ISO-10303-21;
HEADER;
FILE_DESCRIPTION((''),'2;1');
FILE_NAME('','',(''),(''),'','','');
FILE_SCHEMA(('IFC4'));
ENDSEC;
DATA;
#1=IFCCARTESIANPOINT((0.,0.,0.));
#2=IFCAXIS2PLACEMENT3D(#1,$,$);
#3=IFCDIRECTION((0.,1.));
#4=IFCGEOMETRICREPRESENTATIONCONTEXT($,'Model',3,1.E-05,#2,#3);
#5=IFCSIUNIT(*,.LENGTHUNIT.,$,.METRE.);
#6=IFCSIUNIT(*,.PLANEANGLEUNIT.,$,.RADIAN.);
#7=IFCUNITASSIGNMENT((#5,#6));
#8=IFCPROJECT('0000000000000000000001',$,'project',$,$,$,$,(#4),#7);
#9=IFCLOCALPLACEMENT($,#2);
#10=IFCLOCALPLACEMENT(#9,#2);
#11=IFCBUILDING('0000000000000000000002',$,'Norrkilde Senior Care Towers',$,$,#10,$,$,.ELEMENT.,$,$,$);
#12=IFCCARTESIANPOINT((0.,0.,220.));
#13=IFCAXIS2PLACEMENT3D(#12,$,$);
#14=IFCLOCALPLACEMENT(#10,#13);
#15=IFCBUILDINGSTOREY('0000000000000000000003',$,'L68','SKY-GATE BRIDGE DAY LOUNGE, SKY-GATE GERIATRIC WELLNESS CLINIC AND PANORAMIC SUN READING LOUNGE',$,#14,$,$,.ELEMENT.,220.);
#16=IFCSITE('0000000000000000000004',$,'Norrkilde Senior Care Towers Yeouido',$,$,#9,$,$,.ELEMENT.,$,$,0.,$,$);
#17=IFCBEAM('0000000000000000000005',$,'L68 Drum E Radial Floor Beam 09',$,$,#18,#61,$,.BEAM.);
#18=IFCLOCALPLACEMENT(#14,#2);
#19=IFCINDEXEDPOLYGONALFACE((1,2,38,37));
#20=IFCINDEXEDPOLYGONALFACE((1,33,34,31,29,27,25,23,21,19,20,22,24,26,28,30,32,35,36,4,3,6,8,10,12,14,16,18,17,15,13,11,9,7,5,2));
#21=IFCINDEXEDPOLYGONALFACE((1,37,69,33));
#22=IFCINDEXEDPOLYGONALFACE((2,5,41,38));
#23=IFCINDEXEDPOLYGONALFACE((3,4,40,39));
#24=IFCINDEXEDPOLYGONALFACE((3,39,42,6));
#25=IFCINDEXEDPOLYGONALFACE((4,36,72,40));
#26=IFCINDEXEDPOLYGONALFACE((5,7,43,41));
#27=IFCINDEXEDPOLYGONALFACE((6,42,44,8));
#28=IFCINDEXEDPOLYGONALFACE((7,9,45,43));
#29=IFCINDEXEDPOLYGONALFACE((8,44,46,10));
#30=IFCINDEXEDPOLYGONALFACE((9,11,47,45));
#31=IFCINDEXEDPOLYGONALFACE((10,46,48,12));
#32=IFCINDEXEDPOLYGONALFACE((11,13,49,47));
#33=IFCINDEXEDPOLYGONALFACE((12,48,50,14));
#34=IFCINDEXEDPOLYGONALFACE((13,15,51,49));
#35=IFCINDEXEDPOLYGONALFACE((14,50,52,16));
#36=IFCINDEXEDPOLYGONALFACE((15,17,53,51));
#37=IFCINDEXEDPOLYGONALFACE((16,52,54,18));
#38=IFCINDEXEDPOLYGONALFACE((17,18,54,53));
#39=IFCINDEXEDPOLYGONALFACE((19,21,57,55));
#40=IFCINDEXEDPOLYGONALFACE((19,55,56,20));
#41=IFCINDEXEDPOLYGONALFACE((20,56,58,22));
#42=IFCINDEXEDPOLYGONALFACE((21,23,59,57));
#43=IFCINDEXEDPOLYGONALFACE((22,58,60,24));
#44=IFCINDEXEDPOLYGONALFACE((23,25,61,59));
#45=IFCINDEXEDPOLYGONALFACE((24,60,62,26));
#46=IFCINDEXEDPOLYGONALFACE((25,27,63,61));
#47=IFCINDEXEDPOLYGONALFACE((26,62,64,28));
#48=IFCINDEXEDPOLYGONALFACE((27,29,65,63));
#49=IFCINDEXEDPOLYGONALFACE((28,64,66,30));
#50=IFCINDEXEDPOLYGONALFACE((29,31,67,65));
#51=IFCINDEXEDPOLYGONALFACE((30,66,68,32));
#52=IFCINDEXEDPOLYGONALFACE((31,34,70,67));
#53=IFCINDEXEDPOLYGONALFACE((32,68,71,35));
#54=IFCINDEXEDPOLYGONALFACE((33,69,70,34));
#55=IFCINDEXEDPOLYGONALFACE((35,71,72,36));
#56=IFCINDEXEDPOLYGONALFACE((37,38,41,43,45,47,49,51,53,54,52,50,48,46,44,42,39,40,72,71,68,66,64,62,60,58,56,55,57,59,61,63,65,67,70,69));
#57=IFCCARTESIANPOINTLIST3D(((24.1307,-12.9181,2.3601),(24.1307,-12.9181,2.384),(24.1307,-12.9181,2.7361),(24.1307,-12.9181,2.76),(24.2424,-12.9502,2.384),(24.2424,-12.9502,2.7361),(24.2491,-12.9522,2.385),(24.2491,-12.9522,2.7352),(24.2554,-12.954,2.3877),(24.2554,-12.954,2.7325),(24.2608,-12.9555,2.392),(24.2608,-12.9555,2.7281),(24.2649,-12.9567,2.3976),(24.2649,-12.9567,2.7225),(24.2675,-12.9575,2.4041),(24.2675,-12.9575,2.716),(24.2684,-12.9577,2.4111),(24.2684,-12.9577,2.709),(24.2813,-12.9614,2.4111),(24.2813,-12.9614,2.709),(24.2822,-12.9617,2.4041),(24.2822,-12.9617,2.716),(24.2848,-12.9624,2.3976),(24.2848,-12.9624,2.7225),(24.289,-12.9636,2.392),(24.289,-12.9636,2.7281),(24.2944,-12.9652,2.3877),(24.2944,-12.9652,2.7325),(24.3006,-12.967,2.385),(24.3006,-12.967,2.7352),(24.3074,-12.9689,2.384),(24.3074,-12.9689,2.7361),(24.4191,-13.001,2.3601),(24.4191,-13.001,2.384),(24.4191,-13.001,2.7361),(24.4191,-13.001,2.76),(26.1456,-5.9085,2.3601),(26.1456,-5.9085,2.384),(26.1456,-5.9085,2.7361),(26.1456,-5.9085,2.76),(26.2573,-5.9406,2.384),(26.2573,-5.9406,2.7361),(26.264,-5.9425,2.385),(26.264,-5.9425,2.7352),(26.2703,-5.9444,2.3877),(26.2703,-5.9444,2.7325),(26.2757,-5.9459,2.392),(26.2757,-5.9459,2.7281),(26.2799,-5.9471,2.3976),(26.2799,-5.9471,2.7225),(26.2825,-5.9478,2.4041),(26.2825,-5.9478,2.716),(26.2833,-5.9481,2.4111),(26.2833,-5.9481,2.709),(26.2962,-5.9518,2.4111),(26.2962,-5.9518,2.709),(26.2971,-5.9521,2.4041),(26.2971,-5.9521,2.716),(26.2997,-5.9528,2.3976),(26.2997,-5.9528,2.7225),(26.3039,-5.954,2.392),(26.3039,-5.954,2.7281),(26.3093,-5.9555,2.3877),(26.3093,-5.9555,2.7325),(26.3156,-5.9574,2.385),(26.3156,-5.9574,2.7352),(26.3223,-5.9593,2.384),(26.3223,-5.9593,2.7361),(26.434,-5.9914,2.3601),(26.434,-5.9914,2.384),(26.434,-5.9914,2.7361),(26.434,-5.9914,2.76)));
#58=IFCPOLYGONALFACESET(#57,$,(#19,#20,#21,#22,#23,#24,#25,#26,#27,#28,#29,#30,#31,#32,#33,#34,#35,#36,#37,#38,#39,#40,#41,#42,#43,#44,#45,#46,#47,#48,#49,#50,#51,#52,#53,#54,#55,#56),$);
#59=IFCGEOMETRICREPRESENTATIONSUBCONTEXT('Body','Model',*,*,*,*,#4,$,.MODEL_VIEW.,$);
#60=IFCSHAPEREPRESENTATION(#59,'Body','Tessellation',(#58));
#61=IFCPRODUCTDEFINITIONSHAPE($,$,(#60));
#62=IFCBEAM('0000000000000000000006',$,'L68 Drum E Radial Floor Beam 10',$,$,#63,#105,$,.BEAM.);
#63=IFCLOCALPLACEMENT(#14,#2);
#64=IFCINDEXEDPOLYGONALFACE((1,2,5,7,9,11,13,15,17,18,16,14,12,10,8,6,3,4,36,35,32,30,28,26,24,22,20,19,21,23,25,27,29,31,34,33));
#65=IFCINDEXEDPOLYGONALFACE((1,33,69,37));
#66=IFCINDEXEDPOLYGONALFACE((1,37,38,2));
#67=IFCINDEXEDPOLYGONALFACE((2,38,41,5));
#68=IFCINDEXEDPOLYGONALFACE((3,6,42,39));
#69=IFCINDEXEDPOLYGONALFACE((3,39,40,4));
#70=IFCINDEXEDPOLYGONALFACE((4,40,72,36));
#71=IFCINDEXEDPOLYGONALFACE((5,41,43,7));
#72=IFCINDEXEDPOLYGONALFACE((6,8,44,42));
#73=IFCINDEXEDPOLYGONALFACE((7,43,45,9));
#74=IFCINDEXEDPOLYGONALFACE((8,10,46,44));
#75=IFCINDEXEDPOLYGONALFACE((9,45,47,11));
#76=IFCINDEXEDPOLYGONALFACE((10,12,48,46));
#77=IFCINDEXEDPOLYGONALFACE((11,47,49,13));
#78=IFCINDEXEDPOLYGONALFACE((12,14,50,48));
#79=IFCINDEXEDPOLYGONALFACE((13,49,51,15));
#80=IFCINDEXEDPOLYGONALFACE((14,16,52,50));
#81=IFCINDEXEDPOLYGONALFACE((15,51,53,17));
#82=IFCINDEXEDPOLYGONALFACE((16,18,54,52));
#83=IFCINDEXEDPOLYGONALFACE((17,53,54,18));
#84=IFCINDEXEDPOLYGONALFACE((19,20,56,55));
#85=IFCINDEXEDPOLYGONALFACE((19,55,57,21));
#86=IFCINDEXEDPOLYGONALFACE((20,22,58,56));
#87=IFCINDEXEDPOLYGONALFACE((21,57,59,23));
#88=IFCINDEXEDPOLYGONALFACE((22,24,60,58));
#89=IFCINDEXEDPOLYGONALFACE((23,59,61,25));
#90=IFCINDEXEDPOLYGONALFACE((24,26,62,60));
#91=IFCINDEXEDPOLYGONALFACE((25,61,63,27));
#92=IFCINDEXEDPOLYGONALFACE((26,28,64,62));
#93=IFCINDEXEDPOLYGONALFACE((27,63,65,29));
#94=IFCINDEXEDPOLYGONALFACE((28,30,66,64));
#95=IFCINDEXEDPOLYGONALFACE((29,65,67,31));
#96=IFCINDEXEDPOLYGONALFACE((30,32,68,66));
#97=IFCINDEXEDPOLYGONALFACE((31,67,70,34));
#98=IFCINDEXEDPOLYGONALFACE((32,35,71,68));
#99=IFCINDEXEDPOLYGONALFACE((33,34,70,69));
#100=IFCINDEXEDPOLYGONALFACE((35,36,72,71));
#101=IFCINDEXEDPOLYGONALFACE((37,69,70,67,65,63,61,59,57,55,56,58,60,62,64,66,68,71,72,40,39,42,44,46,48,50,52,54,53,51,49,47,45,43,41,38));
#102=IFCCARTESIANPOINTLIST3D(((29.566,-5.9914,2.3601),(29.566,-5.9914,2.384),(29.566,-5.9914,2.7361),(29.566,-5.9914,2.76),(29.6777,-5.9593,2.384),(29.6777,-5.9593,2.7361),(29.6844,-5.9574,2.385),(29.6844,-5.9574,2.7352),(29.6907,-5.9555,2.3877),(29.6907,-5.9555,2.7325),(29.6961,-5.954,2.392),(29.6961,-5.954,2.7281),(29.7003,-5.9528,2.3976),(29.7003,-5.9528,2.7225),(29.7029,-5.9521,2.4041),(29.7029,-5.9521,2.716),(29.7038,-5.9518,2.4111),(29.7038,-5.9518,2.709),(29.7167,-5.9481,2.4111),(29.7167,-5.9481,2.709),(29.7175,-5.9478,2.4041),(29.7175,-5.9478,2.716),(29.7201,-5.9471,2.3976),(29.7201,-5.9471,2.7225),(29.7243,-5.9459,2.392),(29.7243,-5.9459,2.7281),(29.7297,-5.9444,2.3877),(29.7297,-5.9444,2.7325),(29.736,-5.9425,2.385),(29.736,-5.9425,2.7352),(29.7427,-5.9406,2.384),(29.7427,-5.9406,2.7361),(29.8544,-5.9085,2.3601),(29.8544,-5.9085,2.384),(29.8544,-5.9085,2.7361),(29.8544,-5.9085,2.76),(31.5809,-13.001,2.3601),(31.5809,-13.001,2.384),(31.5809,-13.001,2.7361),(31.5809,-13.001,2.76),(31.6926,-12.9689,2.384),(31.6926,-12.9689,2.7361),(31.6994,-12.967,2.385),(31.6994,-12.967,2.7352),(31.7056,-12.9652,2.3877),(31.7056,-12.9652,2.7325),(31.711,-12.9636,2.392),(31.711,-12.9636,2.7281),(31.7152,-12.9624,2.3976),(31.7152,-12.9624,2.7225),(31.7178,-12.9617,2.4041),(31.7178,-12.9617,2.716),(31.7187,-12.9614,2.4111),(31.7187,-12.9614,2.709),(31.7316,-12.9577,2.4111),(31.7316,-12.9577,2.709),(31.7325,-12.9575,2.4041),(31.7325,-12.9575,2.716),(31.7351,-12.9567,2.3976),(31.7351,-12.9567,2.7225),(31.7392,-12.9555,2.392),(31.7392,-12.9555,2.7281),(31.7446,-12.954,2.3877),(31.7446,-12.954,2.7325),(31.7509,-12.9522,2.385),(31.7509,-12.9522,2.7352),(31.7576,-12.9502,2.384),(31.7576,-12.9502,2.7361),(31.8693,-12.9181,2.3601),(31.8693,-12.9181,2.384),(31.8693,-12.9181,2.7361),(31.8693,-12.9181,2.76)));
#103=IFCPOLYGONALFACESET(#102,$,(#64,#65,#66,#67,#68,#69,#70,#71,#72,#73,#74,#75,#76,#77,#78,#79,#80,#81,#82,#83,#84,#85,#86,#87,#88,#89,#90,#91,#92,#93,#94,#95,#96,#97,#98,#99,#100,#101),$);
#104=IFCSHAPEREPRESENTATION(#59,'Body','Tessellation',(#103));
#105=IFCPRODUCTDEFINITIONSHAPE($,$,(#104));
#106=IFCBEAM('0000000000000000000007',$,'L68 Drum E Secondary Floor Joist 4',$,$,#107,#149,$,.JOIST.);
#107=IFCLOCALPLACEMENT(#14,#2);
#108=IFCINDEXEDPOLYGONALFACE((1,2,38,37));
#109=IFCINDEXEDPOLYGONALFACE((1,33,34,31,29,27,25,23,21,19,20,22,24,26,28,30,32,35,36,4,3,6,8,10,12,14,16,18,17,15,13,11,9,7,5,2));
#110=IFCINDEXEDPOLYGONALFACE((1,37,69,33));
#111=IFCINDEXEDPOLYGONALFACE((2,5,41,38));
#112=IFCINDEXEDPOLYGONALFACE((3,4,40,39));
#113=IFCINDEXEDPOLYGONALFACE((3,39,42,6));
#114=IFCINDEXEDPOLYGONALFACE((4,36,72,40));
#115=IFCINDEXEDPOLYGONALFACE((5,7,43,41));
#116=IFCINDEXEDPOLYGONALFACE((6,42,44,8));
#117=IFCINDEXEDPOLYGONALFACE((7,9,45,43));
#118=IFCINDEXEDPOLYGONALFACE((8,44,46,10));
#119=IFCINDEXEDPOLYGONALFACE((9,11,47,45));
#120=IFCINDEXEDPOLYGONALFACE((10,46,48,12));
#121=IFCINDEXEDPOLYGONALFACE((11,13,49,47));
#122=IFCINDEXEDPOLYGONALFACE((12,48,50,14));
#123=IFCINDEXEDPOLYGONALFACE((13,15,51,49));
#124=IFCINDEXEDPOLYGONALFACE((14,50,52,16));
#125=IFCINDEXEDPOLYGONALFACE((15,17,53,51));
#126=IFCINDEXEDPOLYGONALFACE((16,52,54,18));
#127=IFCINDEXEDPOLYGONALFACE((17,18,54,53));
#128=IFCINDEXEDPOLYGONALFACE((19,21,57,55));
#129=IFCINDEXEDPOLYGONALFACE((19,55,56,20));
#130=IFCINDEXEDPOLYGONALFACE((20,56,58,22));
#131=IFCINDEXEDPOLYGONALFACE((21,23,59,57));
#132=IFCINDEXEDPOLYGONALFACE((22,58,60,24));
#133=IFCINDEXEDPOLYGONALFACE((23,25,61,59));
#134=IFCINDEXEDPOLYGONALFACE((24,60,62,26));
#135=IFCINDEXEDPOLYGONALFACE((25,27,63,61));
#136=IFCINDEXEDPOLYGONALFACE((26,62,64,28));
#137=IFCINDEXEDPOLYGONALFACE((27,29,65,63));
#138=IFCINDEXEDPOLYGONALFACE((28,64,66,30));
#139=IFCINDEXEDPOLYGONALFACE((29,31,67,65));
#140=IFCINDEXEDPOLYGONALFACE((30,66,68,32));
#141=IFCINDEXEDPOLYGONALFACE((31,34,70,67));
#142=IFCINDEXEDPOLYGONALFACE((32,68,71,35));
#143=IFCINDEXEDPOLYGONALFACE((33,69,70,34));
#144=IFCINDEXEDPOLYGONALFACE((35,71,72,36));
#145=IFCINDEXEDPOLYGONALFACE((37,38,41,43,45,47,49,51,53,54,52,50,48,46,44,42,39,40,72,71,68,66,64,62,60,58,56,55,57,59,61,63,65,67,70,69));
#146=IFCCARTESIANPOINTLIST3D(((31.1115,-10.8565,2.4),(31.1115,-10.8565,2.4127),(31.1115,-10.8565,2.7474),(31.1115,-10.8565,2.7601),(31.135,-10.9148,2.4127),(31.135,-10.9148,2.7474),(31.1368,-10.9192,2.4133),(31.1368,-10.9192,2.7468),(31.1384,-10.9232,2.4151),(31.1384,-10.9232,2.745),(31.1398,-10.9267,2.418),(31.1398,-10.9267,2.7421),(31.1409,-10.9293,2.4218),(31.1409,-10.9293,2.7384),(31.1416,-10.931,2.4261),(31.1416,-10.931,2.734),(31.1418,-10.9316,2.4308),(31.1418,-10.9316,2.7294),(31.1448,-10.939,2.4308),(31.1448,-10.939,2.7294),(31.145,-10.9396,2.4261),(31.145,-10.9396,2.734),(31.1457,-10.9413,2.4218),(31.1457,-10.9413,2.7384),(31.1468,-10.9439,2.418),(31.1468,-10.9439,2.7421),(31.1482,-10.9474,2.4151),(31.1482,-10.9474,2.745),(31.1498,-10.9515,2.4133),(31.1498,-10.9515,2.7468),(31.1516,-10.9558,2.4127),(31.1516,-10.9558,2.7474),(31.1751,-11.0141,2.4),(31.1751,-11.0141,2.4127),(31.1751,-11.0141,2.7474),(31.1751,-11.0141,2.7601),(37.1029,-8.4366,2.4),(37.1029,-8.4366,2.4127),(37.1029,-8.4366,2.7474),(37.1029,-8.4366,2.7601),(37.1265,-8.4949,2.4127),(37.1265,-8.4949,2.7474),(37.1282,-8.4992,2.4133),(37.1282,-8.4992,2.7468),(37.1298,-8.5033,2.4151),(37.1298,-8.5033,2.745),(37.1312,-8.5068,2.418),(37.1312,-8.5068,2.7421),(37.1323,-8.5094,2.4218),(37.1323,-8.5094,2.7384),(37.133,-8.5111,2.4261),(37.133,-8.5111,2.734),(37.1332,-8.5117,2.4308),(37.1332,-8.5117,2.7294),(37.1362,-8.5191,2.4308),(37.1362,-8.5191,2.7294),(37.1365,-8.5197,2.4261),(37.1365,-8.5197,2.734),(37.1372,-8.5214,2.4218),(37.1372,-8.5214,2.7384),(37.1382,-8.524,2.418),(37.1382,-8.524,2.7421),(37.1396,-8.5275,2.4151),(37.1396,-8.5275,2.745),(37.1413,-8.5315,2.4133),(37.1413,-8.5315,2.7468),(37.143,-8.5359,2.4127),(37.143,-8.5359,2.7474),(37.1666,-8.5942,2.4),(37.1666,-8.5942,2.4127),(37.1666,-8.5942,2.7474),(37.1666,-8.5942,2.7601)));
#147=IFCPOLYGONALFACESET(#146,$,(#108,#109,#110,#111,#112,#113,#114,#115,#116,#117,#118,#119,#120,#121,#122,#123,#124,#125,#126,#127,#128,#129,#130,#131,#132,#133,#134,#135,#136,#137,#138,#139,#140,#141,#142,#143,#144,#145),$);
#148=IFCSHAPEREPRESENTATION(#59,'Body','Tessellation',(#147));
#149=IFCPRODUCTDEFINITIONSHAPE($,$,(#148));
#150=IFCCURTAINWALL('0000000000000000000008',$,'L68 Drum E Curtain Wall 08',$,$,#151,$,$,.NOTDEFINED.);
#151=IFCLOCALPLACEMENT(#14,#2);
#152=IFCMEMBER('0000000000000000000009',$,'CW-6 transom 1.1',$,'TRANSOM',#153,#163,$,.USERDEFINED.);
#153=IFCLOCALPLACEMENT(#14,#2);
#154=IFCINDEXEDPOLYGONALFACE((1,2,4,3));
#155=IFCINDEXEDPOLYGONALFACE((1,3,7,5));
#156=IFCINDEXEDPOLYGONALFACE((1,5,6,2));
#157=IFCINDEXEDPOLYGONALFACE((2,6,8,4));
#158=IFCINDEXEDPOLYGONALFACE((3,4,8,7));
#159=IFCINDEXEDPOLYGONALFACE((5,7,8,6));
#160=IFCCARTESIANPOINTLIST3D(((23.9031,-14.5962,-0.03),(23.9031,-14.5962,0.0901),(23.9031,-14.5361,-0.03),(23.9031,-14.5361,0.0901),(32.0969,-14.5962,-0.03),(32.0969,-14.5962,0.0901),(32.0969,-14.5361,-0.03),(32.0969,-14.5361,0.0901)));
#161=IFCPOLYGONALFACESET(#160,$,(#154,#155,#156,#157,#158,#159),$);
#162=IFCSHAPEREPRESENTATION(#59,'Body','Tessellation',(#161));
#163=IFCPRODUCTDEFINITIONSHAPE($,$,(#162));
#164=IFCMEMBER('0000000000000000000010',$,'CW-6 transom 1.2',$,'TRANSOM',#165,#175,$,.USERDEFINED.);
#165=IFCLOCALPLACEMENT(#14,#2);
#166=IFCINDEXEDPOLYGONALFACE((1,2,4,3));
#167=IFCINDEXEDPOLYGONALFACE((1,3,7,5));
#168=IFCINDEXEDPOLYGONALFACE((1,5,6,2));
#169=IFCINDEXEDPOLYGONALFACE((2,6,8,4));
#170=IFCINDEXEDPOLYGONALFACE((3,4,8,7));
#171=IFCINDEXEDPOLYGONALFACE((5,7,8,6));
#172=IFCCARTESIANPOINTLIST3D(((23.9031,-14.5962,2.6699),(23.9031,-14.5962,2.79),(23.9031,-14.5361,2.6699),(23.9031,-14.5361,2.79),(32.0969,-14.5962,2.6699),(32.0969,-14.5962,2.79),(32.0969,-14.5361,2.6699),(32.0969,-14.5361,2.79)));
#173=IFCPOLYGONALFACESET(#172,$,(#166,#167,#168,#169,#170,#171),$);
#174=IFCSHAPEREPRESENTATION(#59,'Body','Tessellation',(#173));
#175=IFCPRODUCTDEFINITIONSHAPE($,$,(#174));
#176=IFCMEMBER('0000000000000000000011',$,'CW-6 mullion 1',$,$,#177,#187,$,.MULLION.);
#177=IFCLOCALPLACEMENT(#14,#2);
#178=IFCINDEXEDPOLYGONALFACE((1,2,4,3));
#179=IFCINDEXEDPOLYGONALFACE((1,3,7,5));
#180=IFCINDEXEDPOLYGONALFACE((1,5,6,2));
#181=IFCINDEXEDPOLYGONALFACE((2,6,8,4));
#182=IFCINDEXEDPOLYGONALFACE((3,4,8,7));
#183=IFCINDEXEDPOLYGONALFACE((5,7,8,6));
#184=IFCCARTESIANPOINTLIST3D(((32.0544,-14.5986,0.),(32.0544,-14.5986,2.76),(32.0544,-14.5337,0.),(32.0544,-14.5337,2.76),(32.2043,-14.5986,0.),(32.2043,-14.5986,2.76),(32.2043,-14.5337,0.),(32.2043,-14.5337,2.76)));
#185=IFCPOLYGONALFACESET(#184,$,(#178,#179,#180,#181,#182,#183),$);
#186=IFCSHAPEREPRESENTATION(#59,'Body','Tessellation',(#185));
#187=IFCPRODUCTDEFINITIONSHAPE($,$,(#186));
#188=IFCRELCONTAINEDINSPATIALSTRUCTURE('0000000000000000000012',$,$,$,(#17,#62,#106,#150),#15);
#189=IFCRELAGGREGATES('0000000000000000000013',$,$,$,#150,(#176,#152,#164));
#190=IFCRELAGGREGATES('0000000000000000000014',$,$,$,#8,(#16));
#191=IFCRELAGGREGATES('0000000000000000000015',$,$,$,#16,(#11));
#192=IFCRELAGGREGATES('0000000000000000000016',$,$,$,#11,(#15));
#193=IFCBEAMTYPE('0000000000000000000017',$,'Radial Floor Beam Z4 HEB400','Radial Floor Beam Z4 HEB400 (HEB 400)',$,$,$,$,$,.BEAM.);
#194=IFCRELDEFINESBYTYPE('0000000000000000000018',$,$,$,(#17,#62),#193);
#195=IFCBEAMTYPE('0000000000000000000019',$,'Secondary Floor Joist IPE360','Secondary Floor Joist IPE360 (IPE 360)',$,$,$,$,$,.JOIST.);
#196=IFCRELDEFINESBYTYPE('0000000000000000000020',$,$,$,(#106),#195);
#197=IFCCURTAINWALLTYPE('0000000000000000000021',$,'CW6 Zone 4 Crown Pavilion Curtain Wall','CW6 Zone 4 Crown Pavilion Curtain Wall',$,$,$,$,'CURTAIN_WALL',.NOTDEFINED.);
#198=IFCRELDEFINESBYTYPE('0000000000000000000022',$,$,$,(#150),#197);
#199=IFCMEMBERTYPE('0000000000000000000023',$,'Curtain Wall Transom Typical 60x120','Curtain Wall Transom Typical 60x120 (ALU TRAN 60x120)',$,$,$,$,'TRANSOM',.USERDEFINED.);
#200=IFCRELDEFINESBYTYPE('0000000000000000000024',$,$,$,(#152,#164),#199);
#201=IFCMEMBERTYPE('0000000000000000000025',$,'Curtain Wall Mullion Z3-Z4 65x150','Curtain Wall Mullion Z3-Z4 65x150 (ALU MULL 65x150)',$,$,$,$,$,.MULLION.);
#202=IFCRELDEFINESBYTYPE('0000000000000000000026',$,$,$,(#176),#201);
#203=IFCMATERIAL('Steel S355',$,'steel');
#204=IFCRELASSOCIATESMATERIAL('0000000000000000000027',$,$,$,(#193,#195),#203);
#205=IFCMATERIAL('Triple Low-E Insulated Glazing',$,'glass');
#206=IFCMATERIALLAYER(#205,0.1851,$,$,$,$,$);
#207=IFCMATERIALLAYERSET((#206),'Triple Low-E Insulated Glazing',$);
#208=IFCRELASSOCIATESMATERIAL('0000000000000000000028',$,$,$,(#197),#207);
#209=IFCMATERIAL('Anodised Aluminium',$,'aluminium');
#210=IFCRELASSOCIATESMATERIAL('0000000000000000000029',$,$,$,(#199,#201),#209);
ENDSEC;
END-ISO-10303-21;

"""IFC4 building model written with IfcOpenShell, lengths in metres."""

from ifc_helpers import new_model, si_unit, direction, frame, origin, origin_2d, place, context, subcontext, project, spatial, rectangle, i_section, extrude, source, transform, mapped, material, layer, layer_set, material_profile, profile_set, type_object, type_shapes, element, aggregate, save


model = new_model("IFC4")

# Units and contexts
model_context = context("Model", 3, precision=1e-05, world=origin(), true_north=direction((0.0, 1.0)))
body_context = subcontext(model_context, "Body", "Model", "MODEL_VIEW")
ifc_project = project(units=[si_unit("LENGTHUNIT", "METRE"), si_unit("PLANEANGLEUNIT", "RADIAN")], contexts=[model_context])

# Site, building, storey
site_placement = place(None, origin())
site = spatial("IfcSite", under=ifc_project, at=site_placement, Name="Norrkilde Senior Care Towers Yeouido", CompositionType="ELEMENT", RefElevation=0.0)
building_placement = place(site_placement, origin())
building = spatial("IfcBuilding", under=site, at=building_placement, Name="Norrkilde Senior Care Towers", CompositionType="ELEMENT")
storey_placement = place(building_placement, frame((0.0, 0.0, 220.0)))
storey = spatial("IfcBuildingStorey", under=building, at=storey_placement, Name="L68", Description="SKY-GATE BRIDGE DAY LOUNGE, SKY-GATE GERIATRIC WELLNESS CLINIC AND PANORAMIC SUN READING LOUNGE", CompositionType="ELEMENT", Elevation=220.0)

# Beams
ifc_material_1 = material(Name="Steel S355", Category="steel")
ifc_material_profile_1 = material_profile(ifc_material_1, i_section(OverallWidth=0.3, OverallDepth=0.3999, WebThickness=0.0134, FlangeThickness=0.0239, FilletRadius=0.0271, at=origin_2d()), Name="HEB 400")
ifc_profile_set_1 = profile_set([ifc_material_profile_1], Name="Steel S355")
beam_type_1 = type_object("IfcBeamType", Name="Radial Floor Beam Z4 HEB400", Description="Radial Floor Beam Z4 HEB400 (HEB 400)", PredefinedType="BEAM", material=ifc_profile_set_1)
shared_shape_1 = source(origin(), body_context, "Body", "SweptSolid", [
    extrude(i_section(OverallWidth=0.3, OverallDepth=0.3999, WebThickness=0.0134, FlangeThickness=0.0239, FilletRadius=0.0271, at=origin_2d()), origin(), (0.0, 0.0, 1.0), 7.2935),
])
type_shapes(beam_type_1, [shared_shape_1])
for number, where, z_axis, x_axis, name in (
    (1, (26.2898, -5.95, 2.5601), (-0.276264, -0.961082, 0.0), (0.961082, -0.276264, 0.0), "L68 Drum E Radial Floor Beam 09"),
    (2, (29.7102, -5.95, 2.5601), (0.276264, -0.961082, 0.0), (0.961082, 0.276264, 0.0), "L68 Drum E Radial Floor Beam 10"),
):
    element("IfcBeam", number, at=place(storey_placement, frame(where, z_axis=z_axis, x_axis=x_axis)), inside=storey, type_object=beam_type_1, Name=name, PredefinedType="BEAM", context=body_context, shape_type="MappedRepresentation", body=[
        mapped(shared_shape_1, transform((0.0, 0.0, 0.0), x_axis=(1.0, 0.0, 0.0), y_axis=(0.0, 1.0, 0.0), z_axis=(0.0, 0.0, 1.0), scale=1.0)),
    ])
ifc_material_profile_2 = material_profile(ifc_material_1, i_section(OverallWidth=0.1699, OverallDepth=0.3601, WebThickness=0.0081, FlangeThickness=0.0127, FilletRadius=0.0181, at=origin_2d()), Name="IPE 360")
ifc_profile_set_2 = profile_set([ifc_material_profile_2], Name="Steel S355")
beam_type_2 = type_object("IfcBeamType", Name="Secondary Floor Joist IPE360", Description="Secondary Floor Joist IPE360 (IPE 360)", PredefinedType="JOIST", material=ifc_profile_set_2)
shared_shape_2 = source(origin(), body_context, "Body", "SweptSolid", [
    extrude(i_section(OverallWidth=0.1699, OverallDepth=0.3601, WebThickness=0.0081, FlangeThickness=0.0127, FilletRadius=0.0181, at=origin_2d()), origin(), (0.0, 0.0, 1.0), 6.4617),
])
type_shapes(beam_type_2, [shared_shape_2])
beam_1_placement = place(storey_placement, frame((31.1433, -10.9353, 2.5801), z_axis=(0.927226, 0.374502, 0.0), x_axis=(-0.374502, 0.927226, 0.0)))
element("IfcBeam", 3, at=beam_1_placement, inside=storey, type_object=beam_type_2, Name="L68 Drum E Secondary Floor Joist 4", PredefinedType="JOIST", context=body_context, shape_type="MappedRepresentation", body=[
    mapped(shared_shape_2, transform((0.0, 0.0, 0.0), x_axis=(1.0, 0.0, 0.0), y_axis=(0.0, 1.0, 0.0), z_axis=(0.0, 0.0, 1.0), scale=1.0)),
])

# Curtain wall, members
ifc_material_2 = material(Name="Triple Low-E Insulated Glazing", Category="glass")
ifc_layer_1 = layer(ifc_material_2, 0.1851)
ifc_layer_set_1 = layer_set([ifc_layer_1], Name="Triple Low-E Insulated Glazing")
curtain_wall_type = type_object("IfcCurtainWallType", Name="CW6 Zone 4 Crown Pavilion Curtain Wall", Description="CW6 Zone 4 Crown Pavilion Curtain Wall", ElementType="CURTAIN_WALL", PredefinedType="NOTDEFINED", material=ifc_layer_set_1)
curtain_wall_1_placement = place(storey_placement, origin())
curtain_wall_1 = element("IfcCurtainWall", 4, at=curtain_wall_1_placement, inside=storey, type_object=curtain_wall_type, Name="L68 Drum E Curtain Wall 08", PredefinedType="NOTDEFINED")
ifc_material_3 = material(Name="Anodised Aluminium", Category="aluminium")
ifc_material_profile_3 = material_profile(ifc_material_3, rectangle(XDim=0.0601, YDim=0.1201, at=origin_2d()), Name="ALU TRAN 60x120")
ifc_profile_set_3 = profile_set([ifc_material_profile_3], Name="Anodised Aluminium")
member_type_1 = type_object("IfcMemberType", Name="Curtain Wall Transom Typical 60x120", Description="Curtain Wall Transom Typical 60x120 (ALU TRAN 60x120)", ElementType="TRANSOM", PredefinedType="USERDEFINED", material=ifc_profile_set_3)
shared_shape_3 = source(origin(), body_context, "Body", "SweptSolid", [
    extrude(rectangle(XDim=0.0601, YDim=0.1201, at=origin_2d()), origin(), (0.0, 0.0, 1.0), 8.1938),
])
type_shapes(member_type_1, [shared_shape_3])
member_1_placement = place(storey_placement, frame((32.0969, -14.5662, 0.03), z_axis=(-1.0, 0.0, 0.0), x_axis=(0.0, -1.0, 0.0)))
member_1 = element("IfcMember", 5, at=member_1_placement, type_object=member_type_1, Name="CW-6 transom 1.1", ObjectType="TRANSOM", PredefinedType="USERDEFINED", context=body_context, shape_type="MappedRepresentation", body=[
    mapped(shared_shape_3, transform((0.0, 0.0, 0.0), x_axis=(1.0, 0.0, 0.0), y_axis=(0.0, 1.0, 0.0), z_axis=(0.0, 0.0, 1.0), scale=1.0)),
])
member_2_placement = place(storey_placement, frame((32.0969, -14.5662, 2.73), z_axis=(-1.0, 0.0, 0.0), x_axis=(0.0, -1.0, 0.0)))
member_2 = element("IfcMember", 6, at=member_2_placement, type_object=member_type_1, Name="CW-6 transom 1.2", ObjectType="TRANSOM", PredefinedType="USERDEFINED", context=body_context, shape_type="MappedRepresentation", body=[
    mapped(shared_shape_3, transform((0.0, 0.0, 0.0), x_axis=(1.0, 0.0, 0.0), y_axis=(0.0, 1.0, 0.0), z_axis=(0.0, 0.0, 1.0), scale=1.0)),
])
ifc_material_profile_4 = material_profile(ifc_material_3, rectangle(XDim=0.0649, YDim=0.1499, at=origin_2d()), Name="ALU MULL 65x150")
ifc_profile_set_4 = profile_set([ifc_material_profile_4], Name="Anodised Aluminium")
member_type_2 = type_object("IfcMemberType", Name="Curtain Wall Mullion Z3-Z4 65x150", Description="Curtain Wall Mullion Z3-Z4 65x150 (ALU MULL 65x150)", PredefinedType="MULLION", material=ifc_profile_set_4)
shared_shape_4 = source(origin(), body_context, "Body", "SweptSolid", [
    extrude(rectangle(XDim=0.0649, YDim=0.1499, at=origin_2d()), origin(), (0.0, 0.0, 1.0), 2.76),
])
type_shapes(member_type_2, [shared_shape_4])
member_3_placement = place(storey_placement, frame((32.1294, -14.5662, 0.0), z_axis=(0.0, 0.0, 1.0), x_axis=(0.0, -1.0, 0.0)))
member_3 = element("IfcMember", 7, at=member_3_placement, type_object=member_type_2, Name="CW-6 mullion 1", PredefinedType="MULLION", context=body_context, shape_type="MappedRepresentation", body=[
    mapped(shared_shape_4, transform((0.0, 0.0, 0.0), x_axis=(1.0, 0.0, 0.0), y_axis=(0.0, 1.0, 0.0), z_axis=(0.0, 0.0, 1.0), scale=1.0)),
])

aggregate(curtain_wall_1, [member_3, member_1, member_2])

save(model, "model.ifc")
